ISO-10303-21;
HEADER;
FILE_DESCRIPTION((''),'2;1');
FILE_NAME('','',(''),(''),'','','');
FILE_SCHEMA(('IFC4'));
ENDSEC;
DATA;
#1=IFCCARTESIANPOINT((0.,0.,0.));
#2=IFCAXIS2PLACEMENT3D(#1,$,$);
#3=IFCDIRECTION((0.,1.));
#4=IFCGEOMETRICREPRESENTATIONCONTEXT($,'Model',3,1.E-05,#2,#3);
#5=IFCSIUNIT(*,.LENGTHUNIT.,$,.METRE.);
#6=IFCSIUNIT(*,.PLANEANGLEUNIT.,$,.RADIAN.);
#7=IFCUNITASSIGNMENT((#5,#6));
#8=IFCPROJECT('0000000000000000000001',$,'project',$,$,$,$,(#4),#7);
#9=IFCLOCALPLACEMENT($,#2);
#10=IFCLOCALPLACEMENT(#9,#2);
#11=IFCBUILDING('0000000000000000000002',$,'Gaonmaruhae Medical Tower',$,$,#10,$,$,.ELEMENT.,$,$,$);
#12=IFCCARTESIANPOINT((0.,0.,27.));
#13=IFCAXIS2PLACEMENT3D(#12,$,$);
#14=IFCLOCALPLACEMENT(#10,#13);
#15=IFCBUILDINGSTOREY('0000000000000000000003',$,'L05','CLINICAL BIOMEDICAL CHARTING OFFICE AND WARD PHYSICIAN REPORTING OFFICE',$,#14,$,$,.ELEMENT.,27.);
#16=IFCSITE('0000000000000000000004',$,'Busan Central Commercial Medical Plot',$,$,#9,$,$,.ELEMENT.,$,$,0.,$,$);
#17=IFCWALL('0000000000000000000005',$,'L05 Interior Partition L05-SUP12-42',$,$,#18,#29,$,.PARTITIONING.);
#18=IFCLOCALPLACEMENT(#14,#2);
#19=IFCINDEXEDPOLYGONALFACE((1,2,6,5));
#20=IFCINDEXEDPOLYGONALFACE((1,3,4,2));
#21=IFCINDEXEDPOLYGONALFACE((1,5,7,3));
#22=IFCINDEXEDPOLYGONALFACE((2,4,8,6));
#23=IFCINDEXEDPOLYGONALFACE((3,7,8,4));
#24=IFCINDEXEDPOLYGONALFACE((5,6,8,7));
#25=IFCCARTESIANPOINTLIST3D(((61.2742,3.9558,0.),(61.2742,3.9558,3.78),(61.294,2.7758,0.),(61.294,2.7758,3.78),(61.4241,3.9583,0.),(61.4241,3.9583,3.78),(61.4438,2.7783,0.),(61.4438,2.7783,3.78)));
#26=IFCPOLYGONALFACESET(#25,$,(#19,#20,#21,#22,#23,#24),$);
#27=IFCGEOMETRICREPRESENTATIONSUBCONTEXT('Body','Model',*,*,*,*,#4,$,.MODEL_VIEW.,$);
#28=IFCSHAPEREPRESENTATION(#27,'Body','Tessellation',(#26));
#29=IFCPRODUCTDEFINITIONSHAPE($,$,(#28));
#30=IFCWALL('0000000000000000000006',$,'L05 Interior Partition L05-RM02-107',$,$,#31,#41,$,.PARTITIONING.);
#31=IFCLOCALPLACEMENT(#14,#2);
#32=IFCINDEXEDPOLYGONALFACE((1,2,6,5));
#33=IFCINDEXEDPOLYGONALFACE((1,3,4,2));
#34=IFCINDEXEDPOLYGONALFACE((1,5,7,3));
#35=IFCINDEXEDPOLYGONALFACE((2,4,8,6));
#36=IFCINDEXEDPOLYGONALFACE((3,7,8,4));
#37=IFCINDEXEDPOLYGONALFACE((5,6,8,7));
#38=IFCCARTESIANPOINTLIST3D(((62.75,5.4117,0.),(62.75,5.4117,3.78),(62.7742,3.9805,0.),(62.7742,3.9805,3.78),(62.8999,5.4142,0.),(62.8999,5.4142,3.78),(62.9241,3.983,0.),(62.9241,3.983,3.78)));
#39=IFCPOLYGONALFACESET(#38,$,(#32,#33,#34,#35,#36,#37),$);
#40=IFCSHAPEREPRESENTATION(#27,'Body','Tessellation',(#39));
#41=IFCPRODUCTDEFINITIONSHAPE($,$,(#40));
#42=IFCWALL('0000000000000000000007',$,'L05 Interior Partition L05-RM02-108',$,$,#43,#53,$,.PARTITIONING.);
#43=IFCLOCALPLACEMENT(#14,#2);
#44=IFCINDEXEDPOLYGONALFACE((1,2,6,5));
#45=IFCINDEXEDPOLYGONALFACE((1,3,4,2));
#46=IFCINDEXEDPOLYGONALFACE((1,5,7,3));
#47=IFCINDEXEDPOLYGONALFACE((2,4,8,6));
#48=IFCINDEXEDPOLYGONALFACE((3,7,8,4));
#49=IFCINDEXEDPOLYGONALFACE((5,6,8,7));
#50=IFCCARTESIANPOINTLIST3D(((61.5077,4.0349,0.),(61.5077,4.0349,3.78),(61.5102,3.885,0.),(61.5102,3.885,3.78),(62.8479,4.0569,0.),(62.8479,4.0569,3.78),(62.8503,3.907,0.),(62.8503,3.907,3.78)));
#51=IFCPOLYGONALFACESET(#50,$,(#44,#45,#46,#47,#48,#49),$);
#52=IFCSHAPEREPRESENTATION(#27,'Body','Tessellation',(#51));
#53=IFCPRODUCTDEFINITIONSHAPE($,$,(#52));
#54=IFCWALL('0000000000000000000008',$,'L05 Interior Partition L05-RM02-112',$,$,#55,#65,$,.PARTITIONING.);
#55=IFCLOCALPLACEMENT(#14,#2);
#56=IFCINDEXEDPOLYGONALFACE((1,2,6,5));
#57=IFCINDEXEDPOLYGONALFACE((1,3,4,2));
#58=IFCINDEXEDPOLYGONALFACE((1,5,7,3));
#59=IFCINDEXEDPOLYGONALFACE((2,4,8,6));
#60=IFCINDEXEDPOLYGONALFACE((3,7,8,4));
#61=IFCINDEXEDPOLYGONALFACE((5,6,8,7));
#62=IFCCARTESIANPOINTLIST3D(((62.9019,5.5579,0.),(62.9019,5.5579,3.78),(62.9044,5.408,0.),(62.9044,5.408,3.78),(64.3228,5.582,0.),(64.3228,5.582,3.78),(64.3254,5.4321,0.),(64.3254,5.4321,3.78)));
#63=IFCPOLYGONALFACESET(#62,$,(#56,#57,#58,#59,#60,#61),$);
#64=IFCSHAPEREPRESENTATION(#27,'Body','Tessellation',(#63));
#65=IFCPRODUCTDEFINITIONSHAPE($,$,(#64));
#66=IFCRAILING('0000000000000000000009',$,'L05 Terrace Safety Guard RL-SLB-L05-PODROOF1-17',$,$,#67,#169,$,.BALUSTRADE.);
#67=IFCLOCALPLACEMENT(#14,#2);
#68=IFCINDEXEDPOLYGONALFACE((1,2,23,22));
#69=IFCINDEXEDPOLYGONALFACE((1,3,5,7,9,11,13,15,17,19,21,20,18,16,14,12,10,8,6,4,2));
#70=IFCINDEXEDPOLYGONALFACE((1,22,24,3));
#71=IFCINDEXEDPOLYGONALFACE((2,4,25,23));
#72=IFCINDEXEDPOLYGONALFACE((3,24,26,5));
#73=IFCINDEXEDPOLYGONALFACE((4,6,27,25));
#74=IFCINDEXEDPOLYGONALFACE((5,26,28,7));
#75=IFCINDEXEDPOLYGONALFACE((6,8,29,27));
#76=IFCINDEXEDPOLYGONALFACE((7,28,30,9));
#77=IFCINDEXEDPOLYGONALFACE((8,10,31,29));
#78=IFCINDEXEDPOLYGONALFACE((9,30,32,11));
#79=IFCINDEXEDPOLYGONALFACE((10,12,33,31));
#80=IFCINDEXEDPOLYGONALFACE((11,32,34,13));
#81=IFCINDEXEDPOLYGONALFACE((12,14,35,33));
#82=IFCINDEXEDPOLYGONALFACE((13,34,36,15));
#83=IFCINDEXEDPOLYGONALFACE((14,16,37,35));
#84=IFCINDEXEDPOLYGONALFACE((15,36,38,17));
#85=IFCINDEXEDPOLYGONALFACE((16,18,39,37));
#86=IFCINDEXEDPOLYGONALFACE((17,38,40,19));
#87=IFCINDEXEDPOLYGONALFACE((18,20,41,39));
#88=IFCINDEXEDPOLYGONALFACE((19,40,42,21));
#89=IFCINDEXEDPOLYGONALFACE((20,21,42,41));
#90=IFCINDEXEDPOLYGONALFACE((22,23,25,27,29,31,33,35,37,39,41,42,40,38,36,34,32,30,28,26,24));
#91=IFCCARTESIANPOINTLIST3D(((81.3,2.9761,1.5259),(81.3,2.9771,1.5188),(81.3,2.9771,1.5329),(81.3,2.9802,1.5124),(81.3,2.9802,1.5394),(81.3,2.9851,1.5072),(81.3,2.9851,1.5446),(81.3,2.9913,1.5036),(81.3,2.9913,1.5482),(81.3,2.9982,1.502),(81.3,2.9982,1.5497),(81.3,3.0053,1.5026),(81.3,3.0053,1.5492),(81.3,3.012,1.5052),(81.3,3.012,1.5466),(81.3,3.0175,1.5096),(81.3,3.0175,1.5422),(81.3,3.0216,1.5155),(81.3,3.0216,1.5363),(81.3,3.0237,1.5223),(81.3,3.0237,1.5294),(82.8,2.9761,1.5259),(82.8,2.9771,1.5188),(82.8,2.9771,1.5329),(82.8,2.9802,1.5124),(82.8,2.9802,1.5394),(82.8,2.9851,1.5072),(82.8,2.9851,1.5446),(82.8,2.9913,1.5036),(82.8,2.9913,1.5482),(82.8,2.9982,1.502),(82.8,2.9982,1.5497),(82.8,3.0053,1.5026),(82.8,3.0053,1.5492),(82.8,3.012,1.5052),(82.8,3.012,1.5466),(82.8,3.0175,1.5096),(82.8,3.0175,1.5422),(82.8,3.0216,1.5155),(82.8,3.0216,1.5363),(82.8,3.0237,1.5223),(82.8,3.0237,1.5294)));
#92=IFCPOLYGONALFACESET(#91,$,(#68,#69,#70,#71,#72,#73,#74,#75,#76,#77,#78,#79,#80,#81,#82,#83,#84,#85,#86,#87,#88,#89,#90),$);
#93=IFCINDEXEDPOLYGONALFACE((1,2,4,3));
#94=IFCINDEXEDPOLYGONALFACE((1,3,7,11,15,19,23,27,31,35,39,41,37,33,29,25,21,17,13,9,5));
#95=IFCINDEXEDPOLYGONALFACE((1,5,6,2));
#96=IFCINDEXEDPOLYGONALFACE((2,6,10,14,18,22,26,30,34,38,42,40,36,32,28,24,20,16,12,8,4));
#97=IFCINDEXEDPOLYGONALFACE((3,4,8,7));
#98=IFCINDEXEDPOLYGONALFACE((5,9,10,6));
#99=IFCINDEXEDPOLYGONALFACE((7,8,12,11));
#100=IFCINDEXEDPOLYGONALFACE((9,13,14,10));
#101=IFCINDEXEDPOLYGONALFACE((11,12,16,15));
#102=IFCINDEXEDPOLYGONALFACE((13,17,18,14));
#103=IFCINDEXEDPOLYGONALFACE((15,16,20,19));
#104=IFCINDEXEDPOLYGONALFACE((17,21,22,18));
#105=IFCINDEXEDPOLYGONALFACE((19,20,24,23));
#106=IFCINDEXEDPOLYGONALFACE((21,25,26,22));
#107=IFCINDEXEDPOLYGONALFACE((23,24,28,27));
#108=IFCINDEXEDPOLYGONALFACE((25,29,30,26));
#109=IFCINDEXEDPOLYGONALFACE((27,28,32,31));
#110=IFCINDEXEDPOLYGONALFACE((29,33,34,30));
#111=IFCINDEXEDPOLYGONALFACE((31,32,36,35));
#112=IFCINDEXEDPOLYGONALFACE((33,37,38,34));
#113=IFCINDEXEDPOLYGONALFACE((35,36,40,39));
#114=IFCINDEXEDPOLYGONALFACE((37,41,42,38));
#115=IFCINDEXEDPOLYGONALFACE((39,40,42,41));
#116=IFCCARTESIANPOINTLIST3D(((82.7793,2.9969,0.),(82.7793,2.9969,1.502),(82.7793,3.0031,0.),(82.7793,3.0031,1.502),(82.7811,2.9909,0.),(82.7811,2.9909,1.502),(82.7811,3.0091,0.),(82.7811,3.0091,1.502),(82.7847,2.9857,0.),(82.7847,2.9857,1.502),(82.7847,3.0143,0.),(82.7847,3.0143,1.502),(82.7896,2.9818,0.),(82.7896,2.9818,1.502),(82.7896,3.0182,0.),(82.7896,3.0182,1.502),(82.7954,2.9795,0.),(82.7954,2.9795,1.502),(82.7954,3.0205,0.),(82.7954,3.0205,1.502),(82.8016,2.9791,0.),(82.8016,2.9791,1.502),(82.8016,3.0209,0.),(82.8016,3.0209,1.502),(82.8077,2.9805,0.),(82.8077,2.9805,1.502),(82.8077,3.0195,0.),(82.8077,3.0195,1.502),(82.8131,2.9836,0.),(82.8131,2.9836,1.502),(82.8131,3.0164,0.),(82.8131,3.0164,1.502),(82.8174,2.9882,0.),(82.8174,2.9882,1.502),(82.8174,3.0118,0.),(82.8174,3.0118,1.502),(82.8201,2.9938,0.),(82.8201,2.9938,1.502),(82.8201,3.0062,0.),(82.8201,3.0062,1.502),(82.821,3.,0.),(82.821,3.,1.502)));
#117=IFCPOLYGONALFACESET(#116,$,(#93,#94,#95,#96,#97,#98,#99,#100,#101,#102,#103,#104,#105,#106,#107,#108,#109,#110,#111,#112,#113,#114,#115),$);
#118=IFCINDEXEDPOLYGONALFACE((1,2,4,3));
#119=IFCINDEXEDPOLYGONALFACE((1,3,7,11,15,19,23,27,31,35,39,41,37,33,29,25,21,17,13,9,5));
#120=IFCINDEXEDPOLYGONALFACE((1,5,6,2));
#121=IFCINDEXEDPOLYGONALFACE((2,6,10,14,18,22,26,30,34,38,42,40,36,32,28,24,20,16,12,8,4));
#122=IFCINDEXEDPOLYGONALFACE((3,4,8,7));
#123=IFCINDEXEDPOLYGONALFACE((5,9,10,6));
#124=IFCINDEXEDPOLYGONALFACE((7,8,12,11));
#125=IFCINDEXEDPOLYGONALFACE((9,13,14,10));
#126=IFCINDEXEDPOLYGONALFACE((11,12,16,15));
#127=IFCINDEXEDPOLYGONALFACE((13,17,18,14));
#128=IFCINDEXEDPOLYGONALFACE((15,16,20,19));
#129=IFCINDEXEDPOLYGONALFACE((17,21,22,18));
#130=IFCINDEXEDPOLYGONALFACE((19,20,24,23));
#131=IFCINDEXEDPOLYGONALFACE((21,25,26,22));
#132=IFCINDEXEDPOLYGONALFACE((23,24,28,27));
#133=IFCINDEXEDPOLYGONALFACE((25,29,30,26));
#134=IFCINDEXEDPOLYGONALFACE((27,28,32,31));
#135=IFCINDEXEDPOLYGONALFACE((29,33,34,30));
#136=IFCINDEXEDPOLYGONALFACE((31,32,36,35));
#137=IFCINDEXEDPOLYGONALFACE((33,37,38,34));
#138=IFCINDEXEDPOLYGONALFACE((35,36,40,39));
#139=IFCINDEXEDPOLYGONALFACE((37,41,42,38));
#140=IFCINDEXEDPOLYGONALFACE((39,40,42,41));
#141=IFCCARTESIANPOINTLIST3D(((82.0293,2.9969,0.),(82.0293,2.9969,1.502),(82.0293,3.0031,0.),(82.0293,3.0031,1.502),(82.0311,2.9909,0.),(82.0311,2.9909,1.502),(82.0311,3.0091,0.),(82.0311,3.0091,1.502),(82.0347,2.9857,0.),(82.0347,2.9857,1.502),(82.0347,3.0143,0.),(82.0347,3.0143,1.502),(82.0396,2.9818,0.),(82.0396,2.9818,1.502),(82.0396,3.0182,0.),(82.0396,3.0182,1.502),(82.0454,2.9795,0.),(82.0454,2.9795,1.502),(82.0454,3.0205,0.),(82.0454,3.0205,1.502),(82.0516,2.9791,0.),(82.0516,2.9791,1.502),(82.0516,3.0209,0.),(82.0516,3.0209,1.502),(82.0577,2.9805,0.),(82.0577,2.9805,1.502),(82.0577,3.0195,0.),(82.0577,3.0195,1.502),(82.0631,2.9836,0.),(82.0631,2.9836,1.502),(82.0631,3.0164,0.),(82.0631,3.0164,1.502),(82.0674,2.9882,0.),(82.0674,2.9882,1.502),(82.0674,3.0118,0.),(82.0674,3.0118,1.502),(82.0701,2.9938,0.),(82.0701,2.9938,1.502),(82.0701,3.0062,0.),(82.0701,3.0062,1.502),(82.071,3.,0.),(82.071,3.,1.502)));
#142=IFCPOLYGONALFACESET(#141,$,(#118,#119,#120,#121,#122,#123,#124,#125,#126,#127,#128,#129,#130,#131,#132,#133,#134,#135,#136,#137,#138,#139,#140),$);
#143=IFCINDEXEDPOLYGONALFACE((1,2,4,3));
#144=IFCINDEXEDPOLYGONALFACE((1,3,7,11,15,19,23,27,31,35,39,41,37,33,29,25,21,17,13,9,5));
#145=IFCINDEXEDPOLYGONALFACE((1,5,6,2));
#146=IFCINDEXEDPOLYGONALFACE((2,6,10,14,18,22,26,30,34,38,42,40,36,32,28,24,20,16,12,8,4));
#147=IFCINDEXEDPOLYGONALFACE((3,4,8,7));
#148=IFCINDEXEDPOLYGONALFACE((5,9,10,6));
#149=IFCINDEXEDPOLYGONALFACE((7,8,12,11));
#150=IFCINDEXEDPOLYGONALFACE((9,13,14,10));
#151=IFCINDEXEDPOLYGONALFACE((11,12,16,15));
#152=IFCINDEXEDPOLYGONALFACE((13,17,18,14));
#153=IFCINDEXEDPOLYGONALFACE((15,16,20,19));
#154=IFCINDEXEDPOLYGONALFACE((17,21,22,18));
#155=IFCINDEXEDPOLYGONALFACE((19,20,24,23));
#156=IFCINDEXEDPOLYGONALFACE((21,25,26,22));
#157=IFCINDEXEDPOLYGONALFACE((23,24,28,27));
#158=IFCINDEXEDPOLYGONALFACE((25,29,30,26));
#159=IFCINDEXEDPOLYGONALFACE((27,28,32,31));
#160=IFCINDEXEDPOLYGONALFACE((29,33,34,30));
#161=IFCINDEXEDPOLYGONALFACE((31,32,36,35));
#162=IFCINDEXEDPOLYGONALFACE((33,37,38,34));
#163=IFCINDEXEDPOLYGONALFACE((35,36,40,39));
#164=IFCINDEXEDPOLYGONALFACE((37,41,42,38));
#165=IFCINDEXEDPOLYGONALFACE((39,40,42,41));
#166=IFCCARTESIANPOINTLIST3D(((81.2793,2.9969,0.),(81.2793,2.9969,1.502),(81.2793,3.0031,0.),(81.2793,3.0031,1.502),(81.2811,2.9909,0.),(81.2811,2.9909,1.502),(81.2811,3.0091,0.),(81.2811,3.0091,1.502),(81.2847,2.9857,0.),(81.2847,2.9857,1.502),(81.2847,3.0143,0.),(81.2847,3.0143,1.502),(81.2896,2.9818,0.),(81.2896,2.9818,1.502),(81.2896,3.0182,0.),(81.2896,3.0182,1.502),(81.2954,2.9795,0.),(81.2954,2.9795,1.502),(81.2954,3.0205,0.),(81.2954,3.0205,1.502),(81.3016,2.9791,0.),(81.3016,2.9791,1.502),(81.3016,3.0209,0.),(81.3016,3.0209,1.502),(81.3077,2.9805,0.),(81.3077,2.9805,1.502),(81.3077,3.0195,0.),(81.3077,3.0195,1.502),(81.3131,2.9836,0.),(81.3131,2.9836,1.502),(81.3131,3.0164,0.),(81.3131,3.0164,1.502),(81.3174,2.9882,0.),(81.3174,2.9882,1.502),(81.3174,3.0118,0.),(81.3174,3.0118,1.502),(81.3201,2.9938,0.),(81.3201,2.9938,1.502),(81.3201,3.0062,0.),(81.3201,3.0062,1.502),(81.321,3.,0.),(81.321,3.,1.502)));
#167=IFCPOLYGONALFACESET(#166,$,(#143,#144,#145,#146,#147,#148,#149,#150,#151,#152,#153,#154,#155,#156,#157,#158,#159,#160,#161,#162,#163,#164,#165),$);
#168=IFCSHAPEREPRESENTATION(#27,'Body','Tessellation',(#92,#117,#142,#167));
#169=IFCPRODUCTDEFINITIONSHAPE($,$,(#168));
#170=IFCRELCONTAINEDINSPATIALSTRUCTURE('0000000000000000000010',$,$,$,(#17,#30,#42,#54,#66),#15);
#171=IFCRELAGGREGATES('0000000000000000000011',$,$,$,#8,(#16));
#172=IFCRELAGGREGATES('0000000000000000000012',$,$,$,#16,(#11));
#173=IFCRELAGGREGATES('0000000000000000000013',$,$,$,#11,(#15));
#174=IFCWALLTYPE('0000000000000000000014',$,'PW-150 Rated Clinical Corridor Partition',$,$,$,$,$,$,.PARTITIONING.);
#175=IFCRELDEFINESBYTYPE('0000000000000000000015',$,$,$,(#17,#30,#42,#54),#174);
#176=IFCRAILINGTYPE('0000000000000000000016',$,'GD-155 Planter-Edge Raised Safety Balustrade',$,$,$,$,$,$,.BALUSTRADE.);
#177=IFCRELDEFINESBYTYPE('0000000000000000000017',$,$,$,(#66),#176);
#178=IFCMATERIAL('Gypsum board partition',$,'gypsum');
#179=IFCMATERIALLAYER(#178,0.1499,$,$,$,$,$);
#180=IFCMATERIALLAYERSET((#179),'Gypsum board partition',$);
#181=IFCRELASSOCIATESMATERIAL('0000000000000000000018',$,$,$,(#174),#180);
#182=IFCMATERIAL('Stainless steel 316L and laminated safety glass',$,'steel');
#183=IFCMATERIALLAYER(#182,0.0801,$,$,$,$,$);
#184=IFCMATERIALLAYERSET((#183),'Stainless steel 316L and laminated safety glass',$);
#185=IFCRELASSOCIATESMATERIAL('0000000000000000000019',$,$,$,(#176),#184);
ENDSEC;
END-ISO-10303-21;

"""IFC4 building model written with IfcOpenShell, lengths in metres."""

from ifc_helpers import new_model, si_unit, direction, frame, frame_2d, origin, origin_2d, place, context, subcontext, project, spatial, rectangle, circle, extrude, material, layer, layer_set, type_object, element, save


model = new_model("IFC4")

# Units and contexts
model_context = context("Model", 3, precision=1e-05, world=origin(), true_north=direction((0.0, 1.0)))
body_context = subcontext(model_context, "Body", "Model", "MODEL_VIEW")
ifc_project = project(units=[si_unit("LENGTHUNIT", "METRE"), si_unit("PLANEANGLEUNIT", "RADIAN")], contexts=[model_context])

# Site, building, storey
site_placement = place(None, origin())
site = spatial("IfcSite", under=ifc_project, at=site_placement, Name="Busan Central Commercial Medical Plot", CompositionType="ELEMENT", RefElevation=0.0)
building_placement = place(site_placement, origin())
building = spatial("IfcBuilding", under=site, at=building_placement, Name="Gaonmaruhae Medical Tower", CompositionType="ELEMENT")
storey_placement = place(building_placement, frame((0.0, 0.0, 27.0)))
storey = spatial("IfcBuildingStorey", under=building, at=storey_placement, Name="L05", Description="CLINICAL BIOMEDICAL CHARTING OFFICE AND WARD PHYSICIAN REPORTING OFFICE", CompositionType="ELEMENT", Elevation=27.0)

# Walls
ifc_material_1 = material(Name="Gypsum board partition", Category="gypsum")
ifc_layer_1 = layer(ifc_material_1, 0.1499)
ifc_layer_set_1 = layer_set([ifc_layer_1], Name="Gypsum board partition")
wall_type_1 = type_object("IfcWallType", Name="PW-150 Rated Clinical Corridor Partition", PredefinedType="PARTITIONING", material=ifc_layer_set_1)
wall_1_placement = place(storey_placement, frame((61.3491, 3.957, 0.0), z_axis=(0.0, 0.0, 1.0), x_axis=(0.016757, -0.99986, 0.0)))
element("IfcWall", 1, at=wall_1_placement, inside=storey, type_object=wall_type_1, Name="L05 Interior Partition L05-SUP12-42", PredefinedType="PARTITIONING", context=body_context, shape_type="SweptSolid", body=[
    extrude(rectangle(XDim=1.1802, YDim=0.1499, at=frame_2d((0.5901, 0.0))), origin(), (0.0, 0.0, 1.0), 3.78),
])
wall_2_placement = place(storey_placement, frame((62.825, 5.4131, 0.0), z_axis=(0.0, 0.0, 1.0), x_axis=(0.016886, -0.999857, 0.0)))
element("IfcWall", 2, at=wall_2_placement, inside=storey, type_object=wall_type_1, Name="L05 Interior Partition L05-RM02-107", PredefinedType="PARTITIONING", context=body_context, shape_type="SweptSolid", body=[
    extrude(rectangle(XDim=1.4314, YDim=0.1499, at=frame_2d((0.7158, 0.0))), origin(), (0.0, 0.0, 1.0), 3.78),
])
wall_3_placement = place(storey_placement, frame((62.8491, 3.9819, 0.0), z_axis=(0.0, 0.0, 1.0), x_axis=(-0.999866, -0.016394, 0.0)))
element("IfcWall", 3, at=wall_3_placement, inside=storey, type_object=wall_type_1, Name="L05 Interior Partition L05-RM02-108", PredefinedType="PARTITIONING", context=body_context, shape_type="SweptSolid", body=[
    extrude(rectangle(XDim=1.3403, YDim=0.1499, at=frame_2d((0.6702, 0.0))), origin(), (0.0, 0.0, 1.0), 3.78),
])
wall_4_placement = place(storey_placement, frame((64.324, 5.5071, 0.0), z_axis=(0.0, 0.0, 1.0), x_axis=(-0.999855, -0.017008, 0.0)))
element("IfcWall", 4, at=wall_4_placement, inside=storey, type_object=wall_type_1, Name="L05 Interior Partition L05-RM02-112", PredefinedType="PARTITIONING", context=body_context, shape_type="SweptSolid", body=[
    extrude(rectangle(XDim=1.4211, YDim=0.1499, at=frame_2d((0.7104, 0.0))), origin(), (0.0, 0.0, 1.0), 3.78),
])

# Railing
ifc_material_2 = material(Name="Stainless steel 316L and laminated safety glass", Category="steel")
ifc_layer_2 = layer(ifc_material_2, 0.0801)
ifc_layer_set_2 = layer_set([ifc_layer_2], Name="Stainless steel 316L and laminated safety glass")
railing_type = type_object("IfcRailingType", Name="GD-155 Planter-Edge Raised Safety Balustrade", PredefinedType="BALUSTRADE", material=ifc_layer_set_2)
railing_1_placement = place(storey_placement, frame((82.8, 3.0, 0.0)))
element("IfcRailing", 5, at=railing_1_placement, inside=storey, type_object=railing_type, Name="L05 Terrace Safety Guard RL-SLB-L05-PODROOF1-17", PredefinedType="BALUSTRADE", context=body_context, shape_type="SweptSolid", body=[
    extrude(circle(Radius=0.0239, at=origin_2d()), frame((0.0, 0.0, 1.5259), z_axis=(-1.0, 0.0, 0.0), x_axis=(0.0, -1.0, 0.0)), (0.0, 0.0, 1.0), 1.5),
    extrude(circle(Radius=0.021, at=origin_2d()), origin(), (0.0, 0.0, 1.0), 1.502),
    extrude(circle(Radius=0.021, at=origin_2d()), frame((-0.75, 0.0, 0.0)), (0.0, 0.0, 1.0), 1.502),
    extrude(circle(Radius=0.021, at=origin_2d()), frame((-1.5, 0.0, 0.0)), (0.0, 0.0, 1.0), 1.502),
])

save(model, "model.ifc")
